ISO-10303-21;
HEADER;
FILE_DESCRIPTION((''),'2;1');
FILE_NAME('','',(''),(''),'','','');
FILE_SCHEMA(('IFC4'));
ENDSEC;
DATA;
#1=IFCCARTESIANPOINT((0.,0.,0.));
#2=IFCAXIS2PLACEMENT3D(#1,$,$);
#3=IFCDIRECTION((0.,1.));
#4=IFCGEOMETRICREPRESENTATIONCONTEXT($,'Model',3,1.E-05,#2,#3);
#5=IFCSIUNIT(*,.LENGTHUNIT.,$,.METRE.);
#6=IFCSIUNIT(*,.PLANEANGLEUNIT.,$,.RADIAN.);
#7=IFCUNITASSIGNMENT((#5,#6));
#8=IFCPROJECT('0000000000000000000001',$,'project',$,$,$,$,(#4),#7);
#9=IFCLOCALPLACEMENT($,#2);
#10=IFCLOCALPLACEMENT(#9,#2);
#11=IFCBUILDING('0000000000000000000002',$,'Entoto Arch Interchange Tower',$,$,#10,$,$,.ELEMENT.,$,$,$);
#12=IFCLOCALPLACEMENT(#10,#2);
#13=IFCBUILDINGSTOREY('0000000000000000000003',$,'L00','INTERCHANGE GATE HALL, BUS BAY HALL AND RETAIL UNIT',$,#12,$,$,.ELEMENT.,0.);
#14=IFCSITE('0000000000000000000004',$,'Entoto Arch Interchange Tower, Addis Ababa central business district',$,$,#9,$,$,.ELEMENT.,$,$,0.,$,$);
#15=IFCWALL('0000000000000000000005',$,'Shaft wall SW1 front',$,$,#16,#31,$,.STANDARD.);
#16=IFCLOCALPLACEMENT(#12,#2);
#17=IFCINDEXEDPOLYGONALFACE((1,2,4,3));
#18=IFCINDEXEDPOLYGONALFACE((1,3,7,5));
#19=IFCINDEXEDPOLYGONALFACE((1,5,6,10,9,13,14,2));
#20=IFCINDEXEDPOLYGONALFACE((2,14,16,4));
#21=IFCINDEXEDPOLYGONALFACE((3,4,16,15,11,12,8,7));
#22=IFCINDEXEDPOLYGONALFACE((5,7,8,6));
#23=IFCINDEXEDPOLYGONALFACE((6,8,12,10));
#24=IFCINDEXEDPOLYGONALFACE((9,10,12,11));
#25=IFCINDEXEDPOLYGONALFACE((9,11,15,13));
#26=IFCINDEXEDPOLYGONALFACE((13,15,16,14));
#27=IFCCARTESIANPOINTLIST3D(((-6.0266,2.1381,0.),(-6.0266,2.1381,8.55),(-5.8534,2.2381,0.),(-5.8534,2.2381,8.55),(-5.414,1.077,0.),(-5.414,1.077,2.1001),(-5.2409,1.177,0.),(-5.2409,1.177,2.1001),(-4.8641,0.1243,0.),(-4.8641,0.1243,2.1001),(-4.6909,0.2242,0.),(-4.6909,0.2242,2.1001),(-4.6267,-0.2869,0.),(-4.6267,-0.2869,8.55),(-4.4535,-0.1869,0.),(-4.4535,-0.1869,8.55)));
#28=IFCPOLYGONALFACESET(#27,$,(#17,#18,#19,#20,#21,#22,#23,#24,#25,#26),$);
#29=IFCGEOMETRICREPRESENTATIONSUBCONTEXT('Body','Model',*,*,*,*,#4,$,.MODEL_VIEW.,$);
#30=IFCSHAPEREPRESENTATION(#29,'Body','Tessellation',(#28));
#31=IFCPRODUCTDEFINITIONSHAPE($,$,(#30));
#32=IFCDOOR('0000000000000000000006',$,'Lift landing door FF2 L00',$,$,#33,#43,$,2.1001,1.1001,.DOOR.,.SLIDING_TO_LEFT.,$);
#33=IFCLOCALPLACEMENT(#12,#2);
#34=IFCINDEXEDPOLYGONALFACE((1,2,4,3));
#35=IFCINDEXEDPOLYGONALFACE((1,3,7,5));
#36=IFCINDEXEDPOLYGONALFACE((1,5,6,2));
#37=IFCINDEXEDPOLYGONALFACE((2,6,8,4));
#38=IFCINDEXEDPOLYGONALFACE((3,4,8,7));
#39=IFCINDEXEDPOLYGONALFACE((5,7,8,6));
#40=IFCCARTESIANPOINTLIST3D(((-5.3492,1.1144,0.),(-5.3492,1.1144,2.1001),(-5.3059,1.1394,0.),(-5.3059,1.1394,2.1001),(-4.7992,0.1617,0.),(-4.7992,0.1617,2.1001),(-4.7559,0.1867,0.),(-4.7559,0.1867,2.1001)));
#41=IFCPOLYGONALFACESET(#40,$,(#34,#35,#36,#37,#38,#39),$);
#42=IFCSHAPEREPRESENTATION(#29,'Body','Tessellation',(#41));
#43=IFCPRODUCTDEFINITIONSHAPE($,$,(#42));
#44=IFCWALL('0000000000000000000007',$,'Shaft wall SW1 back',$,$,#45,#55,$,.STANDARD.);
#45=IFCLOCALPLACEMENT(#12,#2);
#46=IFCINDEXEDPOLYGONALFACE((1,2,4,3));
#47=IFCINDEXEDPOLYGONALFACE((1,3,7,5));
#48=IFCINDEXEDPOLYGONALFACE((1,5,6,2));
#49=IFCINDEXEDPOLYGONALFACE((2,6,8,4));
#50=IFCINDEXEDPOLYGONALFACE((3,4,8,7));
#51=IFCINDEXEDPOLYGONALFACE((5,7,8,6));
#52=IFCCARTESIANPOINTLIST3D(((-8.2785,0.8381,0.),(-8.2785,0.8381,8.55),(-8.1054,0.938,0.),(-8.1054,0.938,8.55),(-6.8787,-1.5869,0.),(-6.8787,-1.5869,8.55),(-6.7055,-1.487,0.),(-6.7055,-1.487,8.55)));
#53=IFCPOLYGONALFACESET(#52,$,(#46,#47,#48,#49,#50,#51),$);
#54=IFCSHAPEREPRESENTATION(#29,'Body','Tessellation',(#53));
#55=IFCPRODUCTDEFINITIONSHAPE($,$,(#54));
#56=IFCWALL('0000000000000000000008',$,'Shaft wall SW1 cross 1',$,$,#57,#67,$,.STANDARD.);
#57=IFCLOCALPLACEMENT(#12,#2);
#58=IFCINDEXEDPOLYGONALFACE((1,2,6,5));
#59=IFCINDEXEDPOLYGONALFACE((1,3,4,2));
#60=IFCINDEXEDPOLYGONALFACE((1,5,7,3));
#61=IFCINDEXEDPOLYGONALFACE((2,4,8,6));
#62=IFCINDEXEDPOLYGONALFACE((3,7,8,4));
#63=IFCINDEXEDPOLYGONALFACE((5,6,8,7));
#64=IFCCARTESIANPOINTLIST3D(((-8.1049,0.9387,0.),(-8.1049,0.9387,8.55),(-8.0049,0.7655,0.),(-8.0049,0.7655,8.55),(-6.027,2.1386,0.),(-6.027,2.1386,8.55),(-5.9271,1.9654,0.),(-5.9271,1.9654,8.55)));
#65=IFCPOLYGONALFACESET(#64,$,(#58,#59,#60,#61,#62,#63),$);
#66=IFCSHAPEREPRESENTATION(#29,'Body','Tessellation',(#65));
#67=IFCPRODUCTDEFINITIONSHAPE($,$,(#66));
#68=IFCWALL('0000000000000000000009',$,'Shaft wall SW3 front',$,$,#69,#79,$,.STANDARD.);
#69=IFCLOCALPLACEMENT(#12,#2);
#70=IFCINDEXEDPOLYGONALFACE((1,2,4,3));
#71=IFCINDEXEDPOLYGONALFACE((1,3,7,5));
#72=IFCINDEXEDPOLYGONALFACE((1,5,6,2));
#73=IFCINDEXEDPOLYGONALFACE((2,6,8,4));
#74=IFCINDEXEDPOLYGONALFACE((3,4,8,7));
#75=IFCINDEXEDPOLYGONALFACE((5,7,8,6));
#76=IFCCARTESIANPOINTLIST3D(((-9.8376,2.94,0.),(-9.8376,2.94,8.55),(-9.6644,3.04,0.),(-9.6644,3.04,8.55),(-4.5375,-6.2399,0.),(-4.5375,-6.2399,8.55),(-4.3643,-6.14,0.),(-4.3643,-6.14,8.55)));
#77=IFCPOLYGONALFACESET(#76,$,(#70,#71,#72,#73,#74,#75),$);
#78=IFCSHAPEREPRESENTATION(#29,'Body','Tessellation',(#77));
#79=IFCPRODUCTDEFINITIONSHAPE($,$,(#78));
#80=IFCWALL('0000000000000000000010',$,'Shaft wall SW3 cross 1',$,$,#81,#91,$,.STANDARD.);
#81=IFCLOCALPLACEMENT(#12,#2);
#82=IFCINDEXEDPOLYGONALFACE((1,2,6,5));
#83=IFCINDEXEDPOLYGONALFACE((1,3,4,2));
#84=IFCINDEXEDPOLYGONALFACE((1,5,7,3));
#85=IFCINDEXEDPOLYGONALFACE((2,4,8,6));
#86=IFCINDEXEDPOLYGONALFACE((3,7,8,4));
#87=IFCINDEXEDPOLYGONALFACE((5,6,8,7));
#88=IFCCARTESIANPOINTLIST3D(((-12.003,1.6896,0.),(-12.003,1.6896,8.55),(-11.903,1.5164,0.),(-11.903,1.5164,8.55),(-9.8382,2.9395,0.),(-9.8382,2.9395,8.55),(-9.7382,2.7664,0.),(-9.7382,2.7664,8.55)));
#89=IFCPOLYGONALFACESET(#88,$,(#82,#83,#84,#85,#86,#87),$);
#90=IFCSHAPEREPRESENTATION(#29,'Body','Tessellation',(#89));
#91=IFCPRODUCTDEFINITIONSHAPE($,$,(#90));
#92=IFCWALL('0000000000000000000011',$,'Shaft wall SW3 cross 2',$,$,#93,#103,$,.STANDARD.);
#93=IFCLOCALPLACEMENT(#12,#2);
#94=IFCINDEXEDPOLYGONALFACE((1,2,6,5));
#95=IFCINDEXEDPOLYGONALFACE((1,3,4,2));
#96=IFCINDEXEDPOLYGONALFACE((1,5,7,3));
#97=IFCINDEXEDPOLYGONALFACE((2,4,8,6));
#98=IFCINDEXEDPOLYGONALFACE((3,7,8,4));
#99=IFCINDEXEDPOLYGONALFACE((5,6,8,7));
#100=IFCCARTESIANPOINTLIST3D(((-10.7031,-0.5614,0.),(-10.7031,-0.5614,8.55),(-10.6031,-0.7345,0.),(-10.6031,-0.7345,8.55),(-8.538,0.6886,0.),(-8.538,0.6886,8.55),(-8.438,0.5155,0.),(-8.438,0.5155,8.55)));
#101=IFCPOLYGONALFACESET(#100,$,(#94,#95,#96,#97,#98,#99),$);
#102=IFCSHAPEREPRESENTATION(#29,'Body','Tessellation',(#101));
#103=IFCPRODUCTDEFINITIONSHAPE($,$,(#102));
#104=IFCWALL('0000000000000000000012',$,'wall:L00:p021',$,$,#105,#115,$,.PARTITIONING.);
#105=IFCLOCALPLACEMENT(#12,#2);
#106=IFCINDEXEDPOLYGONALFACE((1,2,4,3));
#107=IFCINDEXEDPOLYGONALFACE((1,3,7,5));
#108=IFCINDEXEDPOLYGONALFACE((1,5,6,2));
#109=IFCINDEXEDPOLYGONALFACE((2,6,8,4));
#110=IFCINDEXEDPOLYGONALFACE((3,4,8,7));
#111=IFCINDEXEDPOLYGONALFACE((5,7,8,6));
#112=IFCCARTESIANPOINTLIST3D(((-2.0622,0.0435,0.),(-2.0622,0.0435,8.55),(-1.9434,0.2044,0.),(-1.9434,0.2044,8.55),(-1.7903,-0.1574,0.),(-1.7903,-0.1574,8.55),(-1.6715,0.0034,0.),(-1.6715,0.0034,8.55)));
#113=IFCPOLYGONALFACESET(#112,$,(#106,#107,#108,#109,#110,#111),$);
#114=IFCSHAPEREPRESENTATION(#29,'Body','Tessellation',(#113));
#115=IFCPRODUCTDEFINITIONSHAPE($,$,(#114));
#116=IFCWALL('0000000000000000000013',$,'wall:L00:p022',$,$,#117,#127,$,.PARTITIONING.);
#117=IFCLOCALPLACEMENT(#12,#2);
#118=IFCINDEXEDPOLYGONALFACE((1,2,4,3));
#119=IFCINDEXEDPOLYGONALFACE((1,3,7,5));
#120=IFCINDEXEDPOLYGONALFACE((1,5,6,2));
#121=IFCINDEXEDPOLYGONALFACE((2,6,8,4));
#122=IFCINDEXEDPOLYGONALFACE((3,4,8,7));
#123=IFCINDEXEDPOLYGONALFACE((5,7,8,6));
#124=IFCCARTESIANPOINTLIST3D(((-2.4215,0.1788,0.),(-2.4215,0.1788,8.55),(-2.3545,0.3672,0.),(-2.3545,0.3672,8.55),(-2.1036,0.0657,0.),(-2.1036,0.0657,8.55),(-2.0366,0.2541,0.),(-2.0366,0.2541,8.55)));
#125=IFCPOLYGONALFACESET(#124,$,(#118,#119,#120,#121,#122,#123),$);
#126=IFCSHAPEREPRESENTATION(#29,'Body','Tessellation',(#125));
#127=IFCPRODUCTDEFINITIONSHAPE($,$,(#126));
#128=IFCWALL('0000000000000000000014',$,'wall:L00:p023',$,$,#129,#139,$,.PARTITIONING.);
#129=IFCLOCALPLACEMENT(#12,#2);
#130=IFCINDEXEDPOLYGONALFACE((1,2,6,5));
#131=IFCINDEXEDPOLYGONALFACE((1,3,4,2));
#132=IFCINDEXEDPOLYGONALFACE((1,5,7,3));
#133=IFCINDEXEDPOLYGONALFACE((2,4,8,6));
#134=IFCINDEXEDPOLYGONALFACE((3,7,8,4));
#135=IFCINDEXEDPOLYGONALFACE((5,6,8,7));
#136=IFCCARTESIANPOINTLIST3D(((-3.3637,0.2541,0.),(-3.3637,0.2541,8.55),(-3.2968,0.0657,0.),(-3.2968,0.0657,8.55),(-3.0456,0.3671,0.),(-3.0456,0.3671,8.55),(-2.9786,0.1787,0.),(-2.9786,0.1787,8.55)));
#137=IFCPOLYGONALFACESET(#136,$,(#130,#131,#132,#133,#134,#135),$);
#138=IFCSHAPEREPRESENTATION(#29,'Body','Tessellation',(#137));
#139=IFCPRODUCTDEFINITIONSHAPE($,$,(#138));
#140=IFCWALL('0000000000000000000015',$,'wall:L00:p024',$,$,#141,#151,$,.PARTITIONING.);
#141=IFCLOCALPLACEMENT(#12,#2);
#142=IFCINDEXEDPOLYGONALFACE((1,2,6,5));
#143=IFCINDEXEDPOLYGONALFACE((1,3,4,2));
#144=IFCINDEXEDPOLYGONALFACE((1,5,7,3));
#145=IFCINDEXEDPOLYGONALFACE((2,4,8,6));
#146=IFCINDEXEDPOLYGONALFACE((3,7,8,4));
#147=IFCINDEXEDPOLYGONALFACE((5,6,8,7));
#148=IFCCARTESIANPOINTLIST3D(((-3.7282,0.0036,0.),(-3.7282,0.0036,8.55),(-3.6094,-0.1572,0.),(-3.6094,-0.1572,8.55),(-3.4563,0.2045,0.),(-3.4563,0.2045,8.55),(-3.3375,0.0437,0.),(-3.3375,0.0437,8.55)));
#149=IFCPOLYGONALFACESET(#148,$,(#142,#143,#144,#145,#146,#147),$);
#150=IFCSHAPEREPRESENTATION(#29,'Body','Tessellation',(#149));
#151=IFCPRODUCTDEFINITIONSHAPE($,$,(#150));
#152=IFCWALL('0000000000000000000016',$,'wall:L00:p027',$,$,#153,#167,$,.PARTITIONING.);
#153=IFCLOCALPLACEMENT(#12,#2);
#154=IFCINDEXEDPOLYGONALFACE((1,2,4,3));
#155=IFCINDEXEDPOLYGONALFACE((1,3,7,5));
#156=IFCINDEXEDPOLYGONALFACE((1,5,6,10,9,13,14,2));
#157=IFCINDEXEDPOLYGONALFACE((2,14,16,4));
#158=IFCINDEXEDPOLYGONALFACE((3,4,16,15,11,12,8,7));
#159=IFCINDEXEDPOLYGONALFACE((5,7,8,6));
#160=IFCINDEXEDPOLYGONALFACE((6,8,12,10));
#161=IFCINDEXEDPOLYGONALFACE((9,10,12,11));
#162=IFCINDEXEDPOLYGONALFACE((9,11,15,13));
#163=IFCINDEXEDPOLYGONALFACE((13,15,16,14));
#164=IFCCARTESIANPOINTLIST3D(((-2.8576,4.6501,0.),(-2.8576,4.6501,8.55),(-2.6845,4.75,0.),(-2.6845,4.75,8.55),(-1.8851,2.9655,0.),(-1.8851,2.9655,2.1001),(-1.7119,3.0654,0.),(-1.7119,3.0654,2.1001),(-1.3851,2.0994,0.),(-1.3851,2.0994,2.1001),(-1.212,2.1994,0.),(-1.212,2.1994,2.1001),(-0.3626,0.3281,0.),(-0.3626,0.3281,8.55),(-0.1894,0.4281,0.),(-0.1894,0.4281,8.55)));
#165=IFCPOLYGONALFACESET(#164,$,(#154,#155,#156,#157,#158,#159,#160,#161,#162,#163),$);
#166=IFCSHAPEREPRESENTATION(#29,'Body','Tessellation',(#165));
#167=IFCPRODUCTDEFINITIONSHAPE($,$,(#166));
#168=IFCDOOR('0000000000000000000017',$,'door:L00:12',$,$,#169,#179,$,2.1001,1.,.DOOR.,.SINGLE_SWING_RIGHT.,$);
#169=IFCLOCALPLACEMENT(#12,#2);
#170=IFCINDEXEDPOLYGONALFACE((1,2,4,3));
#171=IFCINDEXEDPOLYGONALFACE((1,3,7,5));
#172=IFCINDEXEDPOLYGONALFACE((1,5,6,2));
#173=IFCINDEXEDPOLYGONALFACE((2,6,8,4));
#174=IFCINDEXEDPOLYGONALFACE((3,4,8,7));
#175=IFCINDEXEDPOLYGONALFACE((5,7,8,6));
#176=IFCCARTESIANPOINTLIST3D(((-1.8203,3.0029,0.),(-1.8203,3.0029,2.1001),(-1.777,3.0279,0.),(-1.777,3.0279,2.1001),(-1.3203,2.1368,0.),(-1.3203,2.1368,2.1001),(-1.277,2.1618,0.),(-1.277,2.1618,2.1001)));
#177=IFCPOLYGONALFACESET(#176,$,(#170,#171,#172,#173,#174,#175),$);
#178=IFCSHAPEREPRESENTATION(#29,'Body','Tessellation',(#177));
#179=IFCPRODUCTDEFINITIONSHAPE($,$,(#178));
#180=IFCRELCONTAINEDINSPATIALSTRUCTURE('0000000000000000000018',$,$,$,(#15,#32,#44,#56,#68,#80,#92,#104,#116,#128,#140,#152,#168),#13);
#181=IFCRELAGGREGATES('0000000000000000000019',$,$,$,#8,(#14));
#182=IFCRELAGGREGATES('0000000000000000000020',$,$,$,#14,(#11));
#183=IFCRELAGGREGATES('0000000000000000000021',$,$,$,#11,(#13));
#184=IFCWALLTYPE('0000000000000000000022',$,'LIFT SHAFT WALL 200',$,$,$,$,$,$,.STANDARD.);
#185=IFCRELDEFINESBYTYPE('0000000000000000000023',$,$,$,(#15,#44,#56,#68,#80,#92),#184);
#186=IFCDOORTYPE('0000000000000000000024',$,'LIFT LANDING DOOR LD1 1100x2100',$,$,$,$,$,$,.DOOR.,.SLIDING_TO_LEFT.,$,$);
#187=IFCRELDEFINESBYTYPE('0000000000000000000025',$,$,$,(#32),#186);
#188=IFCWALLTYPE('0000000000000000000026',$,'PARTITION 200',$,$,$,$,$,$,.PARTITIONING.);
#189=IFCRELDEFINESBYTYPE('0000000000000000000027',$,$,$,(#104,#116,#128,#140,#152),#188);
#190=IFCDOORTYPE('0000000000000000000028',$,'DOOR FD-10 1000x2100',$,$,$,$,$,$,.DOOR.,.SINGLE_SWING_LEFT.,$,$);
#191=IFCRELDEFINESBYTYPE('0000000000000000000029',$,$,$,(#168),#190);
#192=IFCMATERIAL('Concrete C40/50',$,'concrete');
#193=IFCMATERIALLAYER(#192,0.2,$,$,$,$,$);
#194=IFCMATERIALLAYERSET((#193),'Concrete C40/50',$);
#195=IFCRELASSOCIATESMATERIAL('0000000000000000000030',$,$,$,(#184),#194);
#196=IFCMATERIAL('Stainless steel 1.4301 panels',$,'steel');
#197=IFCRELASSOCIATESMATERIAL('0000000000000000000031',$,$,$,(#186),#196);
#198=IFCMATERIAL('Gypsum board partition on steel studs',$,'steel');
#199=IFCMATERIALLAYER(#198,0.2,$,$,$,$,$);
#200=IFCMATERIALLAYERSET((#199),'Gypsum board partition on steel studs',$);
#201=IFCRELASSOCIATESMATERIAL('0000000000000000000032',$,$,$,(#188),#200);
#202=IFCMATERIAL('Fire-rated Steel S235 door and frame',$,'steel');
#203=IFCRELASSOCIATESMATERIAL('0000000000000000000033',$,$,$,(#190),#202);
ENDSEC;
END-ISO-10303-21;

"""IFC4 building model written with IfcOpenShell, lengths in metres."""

from ifc_helpers import new_model, si_unit, direction, frame, frame_2d, origin, place, context, subcontext, project, spatial, rectangle, extrude, material, layer, layer_set, type_object, element, fill, save


model = new_model("IFC4")

# Units and contexts
model_context = context("Model", 3, precision=1e-05, world=origin(), true_north=direction((0.0, 1.0)))
body_context = subcontext(model_context, "Body", "Model", "MODEL_VIEW")
ifc_project = project(units=[si_unit("LENGTHUNIT", "METRE"), si_unit("PLANEANGLEUNIT", "RADIAN")], contexts=[model_context])

# Site, building, storey
site_placement = place(None, origin())
site = spatial("IfcSite", under=ifc_project, at=site_placement, Name="Entoto Arch Interchange Tower, Addis Ababa central business district", CompositionType="ELEMENT", RefElevation=0.0)
building_placement = place(site_placement, origin())
building = spatial("IfcBuilding", under=site, at=building_placement, Name="Entoto Arch Interchange Tower", CompositionType="ELEMENT")
storey_placement = place(building_placement, origin())
storey = spatial("IfcBuildingStorey", under=building, at=storey_placement, Name="L00", Description="INTERCHANGE GATE HALL, BUS BAY HALL AND RETAIL UNIT", CompositionType="ELEMENT", Elevation=0.0)

# Wall, opening, door
ifc_material_1 = material(Name="Concrete C40/50", Category="concrete")
ifc_layer_1 = layer(ifc_material_1, 0.2)
ifc_layer_set_1 = layer_set([ifc_layer_1], Name="Concrete C40/50")
wall_type_1 = type_object("IfcWallType", Name="LIFT SHAFT WALL 200", PredefinedType="STANDARD", material=ifc_layer_set_1)
wall_1_placement = place(storey_placement, frame((-5.9399, 2.188, 0.0), z_axis=(0.0, 0.0, 1.0), x_axis=(0.499946, -0.866056, 0.0)))
wall_1 = element("IfcWall", 1, at=wall_1_placement, inside=storey, type_object=wall_type_1, Name="Shaft wall SW1 front", PredefinedType="STANDARD", context=body_context, shape_type="SweptSolid", body=[
    extrude(rectangle(XDim=2.8, YDim=0.2, at=frame_2d((1.3999, 0.0))), origin(), (0.0, 0.0, 1.0), 8.55),
])
opening_1_placement = place(wall_1_placement, frame((1.2251, 0.0, 0.0)))
opening_1 = element("IfcOpeningElement", 2, at=opening_1_placement, cuts=wall_1, PredefinedType="OPENING", context=body_context, shape_type="SweptSolid", body=[
    extrude(rectangle(XDim=1.1001, YDim=2.1001, at=frame_2d((0.55, 1.05))), frame((0.0, 0.1099, 0.0), z_axis=(0.0, -1.0, 0.0), x_axis=(1.0, 0.0, 0.0)), (0.0, 0.0, 1.0), 0.22),
])
ifc_material_2 = material(Name="Stainless steel 1.4301 panels", Category="steel")
door_type_1 = type_object("IfcDoorType", Name="LIFT LANDING DOOR LD1 1100x2100", OperationType="SLIDING_TO_LEFT", PredefinedType="DOOR", material=ifc_material_2)
door_1_placement = place(opening_1_placement, origin())
door_1 = element("IfcDoor", 3, at=door_1_placement, inside=storey, type_object=door_type_1, Name="Lift landing door FF2 L00", OperationType="SLIDING_TO_LEFT", OverallHeight=2.1001, OverallWidth=1.1001, PredefinedType="DOOR", context=body_context, shape_type="SweptSolid", body=[
    extrude(rectangle(XDim=1.1001, YDim=2.1001, at=frame_2d((0.55, 1.05))), frame((0.0, 0.0249, 0.0), z_axis=(0.0, -1.0, 0.0), x_axis=(1.0, 0.0, 0.0)), (0.0, 0.0, 1.0), 0.05),
])
fill(opening_1, door_1)

# Walls
wall_2_placement = place(storey_placement, frame((-8.1919, 0.8879, 0.0), z_axis=(0.0, 0.0, 1.0), x_axis=(0.499946, -0.866056, 0.0)))
element("IfcWall", 4, at=wall_2_placement, inside=storey, type_object=wall_type_1, Name="Shaft wall SW1 back", PredefinedType="STANDARD", context=body_context, shape_type="SweptSolid", body=[
    extrude(rectangle(XDim=2.8, YDim=0.2, at=frame_2d((1.3999, 0.0))), origin(), (0.0, 0.0, 1.0), 8.55),
])
wall_3_placement = place(storey_placement, frame((-5.9771, 2.052, 0.0), z_axis=(0.0, 0.0, 1.0), x_axis=(-0.865974, -0.500089, 0.0)))
element("IfcWall", 5, at=wall_3_placement, inside=storey, type_object=wall_type_1, Name="Shaft wall SW1 cross 1", PredefinedType="STANDARD", context=body_context, shape_type="SweptSolid", body=[
    extrude(rectangle(XDim=2.3994, YDim=0.2, at=frame_2d((1.1997, 0.0))), origin(), (0.0, 0.0, 1.0), 8.55),
])
wall_4_placement = place(storey_placement, frame((-9.751, 2.99, 0.0), z_axis=(0.0, 0.0, 1.0), x_axis=(0.500001, -0.866025, 0.0)))
element("IfcWall", 6, at=wall_4_placement, inside=storey, type_object=wall_type_1, Name="Shaft wall SW3 front", PredefinedType="STANDARD", context=body_context, shape_type="SweptSolid", body=[
    extrude(rectangle(XDim=10.6001, YDim=0.2, at=frame_2d((5.3, 0.0))), origin(), (0.0, 0.0, 1.0), 8.55),
])
wall_5_placement = place(storey_placement, frame((-9.7881, 2.853, 0.0), z_axis=(0.0, 0.0, 1.0), x_axis=(-0.865999, -0.500047, 0.0)))
element("IfcWall", 7, at=wall_5_placement, inside=storey, type_object=wall_type_1, Name="Shaft wall SW3 cross 1", PredefinedType="STANDARD", context=body_context, shape_type="SweptSolid", body=[
    extrude(rectangle(XDim=2.4998, YDim=0.2, at=frame_2d((1.25, 0.0))), origin(), (0.0, 0.0, 1.0), 8.55),
])
wall_6_placement = place(storey_placement, frame((-8.488, 0.6021, 0.0), z_axis=(0.0, 0.0, 1.0), x_axis=(-0.866023, -0.500004, 0.0)))
element("IfcWall", 8, at=wall_6_placement, inside=storey, type_object=wall_type_1, Name="Shaft wall SW3 cross 2", PredefinedType="STANDARD", context=body_context, shape_type="SweptSolid", body=[
    extrude(rectangle(XDim=2.5, YDim=0.2, at=frame_2d((1.25, 0.0))), origin(), (0.0, 0.0, 1.0), 8.55),
])
ifc_material_3 = material(Name="Gypsum board partition on steel studs", Category="steel")
ifc_layer_2 = layer(ifc_material_3, 0.2)
ifc_layer_set_2 = layer_set([ifc_layer_2], Name="Gypsum board partition on steel studs")
wall_type_2 = type_object("IfcWallType", Name="PARTITION 200", PredefinedType="PARTITIONING", material=ifc_layer_set_2)
wall_7_placement = place(storey_placement, frame((-1.731, -0.0769, 0.0), z_axis=(0.0, 0.0, 1.0), x_axis=(-0.804311, 0.594208, 0.0)))
element("IfcWall", 9, at=wall_7_placement, inside=storey, type_object=wall_type_2, Name="wall:L00:p021", PredefinedType="PARTITIONING", context=body_context, shape_type="SweptSolid", body=[
    extrude(rectangle(XDim=0.3381, YDim=0.2, at=frame_2d((0.1689, 0.0))), origin(), (0.0, 0.0, 1.0), 8.55),
])
wall_8_placement = place(storey_placement, frame((-2.0701, 0.1599, 0.0), z_axis=(0.0, 0.0, 1.0), x_axis=(-0.942199, 0.335052, 0.0)))
element("IfcWall", 10, at=wall_8_placement, inside=storey, type_object=wall_type_2, Name="wall:L00:p022", PredefinedType="PARTITIONING", context=body_context, shape_type="SweptSolid", body=[
    extrude(rectangle(XDim=0.3374, YDim=0.2, at=frame_2d((0.1687, 0.0))), origin(), (0.0, 0.0, 1.0), 8.55),
])
wall_9_placement = place(storey_placement, frame((-3.012, 0.2729, 0.0), z_axis=(0.0, 0.0, 1.0), x_axis=(-0.942281, -0.334824, 0.0)))
element("IfcWall", 11, at=wall_9_placement, inside=storey, type_object=wall_type_2, Name="wall:L00:p023", PredefinedType="PARTITIONING", context=body_context, shape_type="SweptSolid", body=[
    extrude(rectangle(XDim=0.3376, YDim=0.2, at=frame_2d((0.1689, 0.0))), origin(), (0.0, 0.0, 1.0), 8.55),
])
wall_10_placement = place(storey_placement, frame((-3.397, 0.124, 0.0), z_axis=(0.0, 0.0, 1.0), x_axis=(-0.804311, -0.594208, 0.0)))
element("IfcWall", 12, at=wall_10_placement, inside=storey, type_object=wall_type_2, Name="wall:L00:p024", PredefinedType="PARTITIONING", context=body_context, shape_type="SweptSolid", body=[
    extrude(rectangle(XDim=0.3381, YDim=0.2, at=frame_2d((0.1689, 0.0))), origin(), (0.0, 0.0, 1.0), 8.55),
])

# Wall, opening, door
wall_11_placement = place(storey_placement, frame((-2.771, 4.7, 0.0), z_axis=(0.0, 0.0, 1.0), x_axis=(0.499969, -0.866043, 0.0)))
wall_11 = element("IfcWall", 13, at=wall_11_placement, inside=storey, type_object=wall_type_2, Name="wall:L00:p027", PredefinedType="PARTITIONING", context=body_context, shape_type="SweptSolid", body=[
    extrude(rectangle(XDim=4.9905, YDim=0.2, at=frame_2d((2.4951, 0.0))), origin(), (0.0, 0.0, 1.0), 8.55),
])
opening_2_placement = place(wall_11_placement, frame((1.9451, 0.0, 0.0)))
opening_2 = element("IfcOpeningElement", 14, at=opening_2_placement, cuts=wall_11, PredefinedType="OPENING", context=body_context, shape_type="SweptSolid", body=[
    extrude(rectangle(XDim=1.0, YDim=2.1001, at=frame_2d((0.5, 1.05))), frame((0.0, 0.1099, 0.0), z_axis=(0.0, -1.0, 0.0), x_axis=(1.0, 0.0, 0.0)), (0.0, 0.0, 1.0), 0.22),
])
ifc_material_4 = material(Name="Fire-rated Steel S235 door and frame", Category="steel")
door_type_2 = type_object("IfcDoorType", Name="DOOR FD-10 1000x2100", OperationType="SINGLE_SWING_LEFT", PredefinedType="DOOR", material=ifc_material_4)
door_2_placement = place(opening_2_placement, origin())
door_2 = element("IfcDoor", 15, at=door_2_placement, inside=storey, type_object=door_type_2, Name="door:L00:12", OperationType="SINGLE_SWING_RIGHT", OverallHeight=2.1001, OverallWidth=1.0, PredefinedType="DOOR", context=body_context, shape_type="SweptSolid", body=[
    extrude(rectangle(XDim=1.0, YDim=2.1001, at=frame_2d((0.5, 1.05))), frame((0.0, 0.0249, 0.0), z_axis=(0.0, -1.0, 0.0), x_axis=(1.0, 0.0, 0.0)), (0.0, 0.0, 1.0), 0.05),
])
fill(opening_2, door_2)

save(model, "model.ifc")
